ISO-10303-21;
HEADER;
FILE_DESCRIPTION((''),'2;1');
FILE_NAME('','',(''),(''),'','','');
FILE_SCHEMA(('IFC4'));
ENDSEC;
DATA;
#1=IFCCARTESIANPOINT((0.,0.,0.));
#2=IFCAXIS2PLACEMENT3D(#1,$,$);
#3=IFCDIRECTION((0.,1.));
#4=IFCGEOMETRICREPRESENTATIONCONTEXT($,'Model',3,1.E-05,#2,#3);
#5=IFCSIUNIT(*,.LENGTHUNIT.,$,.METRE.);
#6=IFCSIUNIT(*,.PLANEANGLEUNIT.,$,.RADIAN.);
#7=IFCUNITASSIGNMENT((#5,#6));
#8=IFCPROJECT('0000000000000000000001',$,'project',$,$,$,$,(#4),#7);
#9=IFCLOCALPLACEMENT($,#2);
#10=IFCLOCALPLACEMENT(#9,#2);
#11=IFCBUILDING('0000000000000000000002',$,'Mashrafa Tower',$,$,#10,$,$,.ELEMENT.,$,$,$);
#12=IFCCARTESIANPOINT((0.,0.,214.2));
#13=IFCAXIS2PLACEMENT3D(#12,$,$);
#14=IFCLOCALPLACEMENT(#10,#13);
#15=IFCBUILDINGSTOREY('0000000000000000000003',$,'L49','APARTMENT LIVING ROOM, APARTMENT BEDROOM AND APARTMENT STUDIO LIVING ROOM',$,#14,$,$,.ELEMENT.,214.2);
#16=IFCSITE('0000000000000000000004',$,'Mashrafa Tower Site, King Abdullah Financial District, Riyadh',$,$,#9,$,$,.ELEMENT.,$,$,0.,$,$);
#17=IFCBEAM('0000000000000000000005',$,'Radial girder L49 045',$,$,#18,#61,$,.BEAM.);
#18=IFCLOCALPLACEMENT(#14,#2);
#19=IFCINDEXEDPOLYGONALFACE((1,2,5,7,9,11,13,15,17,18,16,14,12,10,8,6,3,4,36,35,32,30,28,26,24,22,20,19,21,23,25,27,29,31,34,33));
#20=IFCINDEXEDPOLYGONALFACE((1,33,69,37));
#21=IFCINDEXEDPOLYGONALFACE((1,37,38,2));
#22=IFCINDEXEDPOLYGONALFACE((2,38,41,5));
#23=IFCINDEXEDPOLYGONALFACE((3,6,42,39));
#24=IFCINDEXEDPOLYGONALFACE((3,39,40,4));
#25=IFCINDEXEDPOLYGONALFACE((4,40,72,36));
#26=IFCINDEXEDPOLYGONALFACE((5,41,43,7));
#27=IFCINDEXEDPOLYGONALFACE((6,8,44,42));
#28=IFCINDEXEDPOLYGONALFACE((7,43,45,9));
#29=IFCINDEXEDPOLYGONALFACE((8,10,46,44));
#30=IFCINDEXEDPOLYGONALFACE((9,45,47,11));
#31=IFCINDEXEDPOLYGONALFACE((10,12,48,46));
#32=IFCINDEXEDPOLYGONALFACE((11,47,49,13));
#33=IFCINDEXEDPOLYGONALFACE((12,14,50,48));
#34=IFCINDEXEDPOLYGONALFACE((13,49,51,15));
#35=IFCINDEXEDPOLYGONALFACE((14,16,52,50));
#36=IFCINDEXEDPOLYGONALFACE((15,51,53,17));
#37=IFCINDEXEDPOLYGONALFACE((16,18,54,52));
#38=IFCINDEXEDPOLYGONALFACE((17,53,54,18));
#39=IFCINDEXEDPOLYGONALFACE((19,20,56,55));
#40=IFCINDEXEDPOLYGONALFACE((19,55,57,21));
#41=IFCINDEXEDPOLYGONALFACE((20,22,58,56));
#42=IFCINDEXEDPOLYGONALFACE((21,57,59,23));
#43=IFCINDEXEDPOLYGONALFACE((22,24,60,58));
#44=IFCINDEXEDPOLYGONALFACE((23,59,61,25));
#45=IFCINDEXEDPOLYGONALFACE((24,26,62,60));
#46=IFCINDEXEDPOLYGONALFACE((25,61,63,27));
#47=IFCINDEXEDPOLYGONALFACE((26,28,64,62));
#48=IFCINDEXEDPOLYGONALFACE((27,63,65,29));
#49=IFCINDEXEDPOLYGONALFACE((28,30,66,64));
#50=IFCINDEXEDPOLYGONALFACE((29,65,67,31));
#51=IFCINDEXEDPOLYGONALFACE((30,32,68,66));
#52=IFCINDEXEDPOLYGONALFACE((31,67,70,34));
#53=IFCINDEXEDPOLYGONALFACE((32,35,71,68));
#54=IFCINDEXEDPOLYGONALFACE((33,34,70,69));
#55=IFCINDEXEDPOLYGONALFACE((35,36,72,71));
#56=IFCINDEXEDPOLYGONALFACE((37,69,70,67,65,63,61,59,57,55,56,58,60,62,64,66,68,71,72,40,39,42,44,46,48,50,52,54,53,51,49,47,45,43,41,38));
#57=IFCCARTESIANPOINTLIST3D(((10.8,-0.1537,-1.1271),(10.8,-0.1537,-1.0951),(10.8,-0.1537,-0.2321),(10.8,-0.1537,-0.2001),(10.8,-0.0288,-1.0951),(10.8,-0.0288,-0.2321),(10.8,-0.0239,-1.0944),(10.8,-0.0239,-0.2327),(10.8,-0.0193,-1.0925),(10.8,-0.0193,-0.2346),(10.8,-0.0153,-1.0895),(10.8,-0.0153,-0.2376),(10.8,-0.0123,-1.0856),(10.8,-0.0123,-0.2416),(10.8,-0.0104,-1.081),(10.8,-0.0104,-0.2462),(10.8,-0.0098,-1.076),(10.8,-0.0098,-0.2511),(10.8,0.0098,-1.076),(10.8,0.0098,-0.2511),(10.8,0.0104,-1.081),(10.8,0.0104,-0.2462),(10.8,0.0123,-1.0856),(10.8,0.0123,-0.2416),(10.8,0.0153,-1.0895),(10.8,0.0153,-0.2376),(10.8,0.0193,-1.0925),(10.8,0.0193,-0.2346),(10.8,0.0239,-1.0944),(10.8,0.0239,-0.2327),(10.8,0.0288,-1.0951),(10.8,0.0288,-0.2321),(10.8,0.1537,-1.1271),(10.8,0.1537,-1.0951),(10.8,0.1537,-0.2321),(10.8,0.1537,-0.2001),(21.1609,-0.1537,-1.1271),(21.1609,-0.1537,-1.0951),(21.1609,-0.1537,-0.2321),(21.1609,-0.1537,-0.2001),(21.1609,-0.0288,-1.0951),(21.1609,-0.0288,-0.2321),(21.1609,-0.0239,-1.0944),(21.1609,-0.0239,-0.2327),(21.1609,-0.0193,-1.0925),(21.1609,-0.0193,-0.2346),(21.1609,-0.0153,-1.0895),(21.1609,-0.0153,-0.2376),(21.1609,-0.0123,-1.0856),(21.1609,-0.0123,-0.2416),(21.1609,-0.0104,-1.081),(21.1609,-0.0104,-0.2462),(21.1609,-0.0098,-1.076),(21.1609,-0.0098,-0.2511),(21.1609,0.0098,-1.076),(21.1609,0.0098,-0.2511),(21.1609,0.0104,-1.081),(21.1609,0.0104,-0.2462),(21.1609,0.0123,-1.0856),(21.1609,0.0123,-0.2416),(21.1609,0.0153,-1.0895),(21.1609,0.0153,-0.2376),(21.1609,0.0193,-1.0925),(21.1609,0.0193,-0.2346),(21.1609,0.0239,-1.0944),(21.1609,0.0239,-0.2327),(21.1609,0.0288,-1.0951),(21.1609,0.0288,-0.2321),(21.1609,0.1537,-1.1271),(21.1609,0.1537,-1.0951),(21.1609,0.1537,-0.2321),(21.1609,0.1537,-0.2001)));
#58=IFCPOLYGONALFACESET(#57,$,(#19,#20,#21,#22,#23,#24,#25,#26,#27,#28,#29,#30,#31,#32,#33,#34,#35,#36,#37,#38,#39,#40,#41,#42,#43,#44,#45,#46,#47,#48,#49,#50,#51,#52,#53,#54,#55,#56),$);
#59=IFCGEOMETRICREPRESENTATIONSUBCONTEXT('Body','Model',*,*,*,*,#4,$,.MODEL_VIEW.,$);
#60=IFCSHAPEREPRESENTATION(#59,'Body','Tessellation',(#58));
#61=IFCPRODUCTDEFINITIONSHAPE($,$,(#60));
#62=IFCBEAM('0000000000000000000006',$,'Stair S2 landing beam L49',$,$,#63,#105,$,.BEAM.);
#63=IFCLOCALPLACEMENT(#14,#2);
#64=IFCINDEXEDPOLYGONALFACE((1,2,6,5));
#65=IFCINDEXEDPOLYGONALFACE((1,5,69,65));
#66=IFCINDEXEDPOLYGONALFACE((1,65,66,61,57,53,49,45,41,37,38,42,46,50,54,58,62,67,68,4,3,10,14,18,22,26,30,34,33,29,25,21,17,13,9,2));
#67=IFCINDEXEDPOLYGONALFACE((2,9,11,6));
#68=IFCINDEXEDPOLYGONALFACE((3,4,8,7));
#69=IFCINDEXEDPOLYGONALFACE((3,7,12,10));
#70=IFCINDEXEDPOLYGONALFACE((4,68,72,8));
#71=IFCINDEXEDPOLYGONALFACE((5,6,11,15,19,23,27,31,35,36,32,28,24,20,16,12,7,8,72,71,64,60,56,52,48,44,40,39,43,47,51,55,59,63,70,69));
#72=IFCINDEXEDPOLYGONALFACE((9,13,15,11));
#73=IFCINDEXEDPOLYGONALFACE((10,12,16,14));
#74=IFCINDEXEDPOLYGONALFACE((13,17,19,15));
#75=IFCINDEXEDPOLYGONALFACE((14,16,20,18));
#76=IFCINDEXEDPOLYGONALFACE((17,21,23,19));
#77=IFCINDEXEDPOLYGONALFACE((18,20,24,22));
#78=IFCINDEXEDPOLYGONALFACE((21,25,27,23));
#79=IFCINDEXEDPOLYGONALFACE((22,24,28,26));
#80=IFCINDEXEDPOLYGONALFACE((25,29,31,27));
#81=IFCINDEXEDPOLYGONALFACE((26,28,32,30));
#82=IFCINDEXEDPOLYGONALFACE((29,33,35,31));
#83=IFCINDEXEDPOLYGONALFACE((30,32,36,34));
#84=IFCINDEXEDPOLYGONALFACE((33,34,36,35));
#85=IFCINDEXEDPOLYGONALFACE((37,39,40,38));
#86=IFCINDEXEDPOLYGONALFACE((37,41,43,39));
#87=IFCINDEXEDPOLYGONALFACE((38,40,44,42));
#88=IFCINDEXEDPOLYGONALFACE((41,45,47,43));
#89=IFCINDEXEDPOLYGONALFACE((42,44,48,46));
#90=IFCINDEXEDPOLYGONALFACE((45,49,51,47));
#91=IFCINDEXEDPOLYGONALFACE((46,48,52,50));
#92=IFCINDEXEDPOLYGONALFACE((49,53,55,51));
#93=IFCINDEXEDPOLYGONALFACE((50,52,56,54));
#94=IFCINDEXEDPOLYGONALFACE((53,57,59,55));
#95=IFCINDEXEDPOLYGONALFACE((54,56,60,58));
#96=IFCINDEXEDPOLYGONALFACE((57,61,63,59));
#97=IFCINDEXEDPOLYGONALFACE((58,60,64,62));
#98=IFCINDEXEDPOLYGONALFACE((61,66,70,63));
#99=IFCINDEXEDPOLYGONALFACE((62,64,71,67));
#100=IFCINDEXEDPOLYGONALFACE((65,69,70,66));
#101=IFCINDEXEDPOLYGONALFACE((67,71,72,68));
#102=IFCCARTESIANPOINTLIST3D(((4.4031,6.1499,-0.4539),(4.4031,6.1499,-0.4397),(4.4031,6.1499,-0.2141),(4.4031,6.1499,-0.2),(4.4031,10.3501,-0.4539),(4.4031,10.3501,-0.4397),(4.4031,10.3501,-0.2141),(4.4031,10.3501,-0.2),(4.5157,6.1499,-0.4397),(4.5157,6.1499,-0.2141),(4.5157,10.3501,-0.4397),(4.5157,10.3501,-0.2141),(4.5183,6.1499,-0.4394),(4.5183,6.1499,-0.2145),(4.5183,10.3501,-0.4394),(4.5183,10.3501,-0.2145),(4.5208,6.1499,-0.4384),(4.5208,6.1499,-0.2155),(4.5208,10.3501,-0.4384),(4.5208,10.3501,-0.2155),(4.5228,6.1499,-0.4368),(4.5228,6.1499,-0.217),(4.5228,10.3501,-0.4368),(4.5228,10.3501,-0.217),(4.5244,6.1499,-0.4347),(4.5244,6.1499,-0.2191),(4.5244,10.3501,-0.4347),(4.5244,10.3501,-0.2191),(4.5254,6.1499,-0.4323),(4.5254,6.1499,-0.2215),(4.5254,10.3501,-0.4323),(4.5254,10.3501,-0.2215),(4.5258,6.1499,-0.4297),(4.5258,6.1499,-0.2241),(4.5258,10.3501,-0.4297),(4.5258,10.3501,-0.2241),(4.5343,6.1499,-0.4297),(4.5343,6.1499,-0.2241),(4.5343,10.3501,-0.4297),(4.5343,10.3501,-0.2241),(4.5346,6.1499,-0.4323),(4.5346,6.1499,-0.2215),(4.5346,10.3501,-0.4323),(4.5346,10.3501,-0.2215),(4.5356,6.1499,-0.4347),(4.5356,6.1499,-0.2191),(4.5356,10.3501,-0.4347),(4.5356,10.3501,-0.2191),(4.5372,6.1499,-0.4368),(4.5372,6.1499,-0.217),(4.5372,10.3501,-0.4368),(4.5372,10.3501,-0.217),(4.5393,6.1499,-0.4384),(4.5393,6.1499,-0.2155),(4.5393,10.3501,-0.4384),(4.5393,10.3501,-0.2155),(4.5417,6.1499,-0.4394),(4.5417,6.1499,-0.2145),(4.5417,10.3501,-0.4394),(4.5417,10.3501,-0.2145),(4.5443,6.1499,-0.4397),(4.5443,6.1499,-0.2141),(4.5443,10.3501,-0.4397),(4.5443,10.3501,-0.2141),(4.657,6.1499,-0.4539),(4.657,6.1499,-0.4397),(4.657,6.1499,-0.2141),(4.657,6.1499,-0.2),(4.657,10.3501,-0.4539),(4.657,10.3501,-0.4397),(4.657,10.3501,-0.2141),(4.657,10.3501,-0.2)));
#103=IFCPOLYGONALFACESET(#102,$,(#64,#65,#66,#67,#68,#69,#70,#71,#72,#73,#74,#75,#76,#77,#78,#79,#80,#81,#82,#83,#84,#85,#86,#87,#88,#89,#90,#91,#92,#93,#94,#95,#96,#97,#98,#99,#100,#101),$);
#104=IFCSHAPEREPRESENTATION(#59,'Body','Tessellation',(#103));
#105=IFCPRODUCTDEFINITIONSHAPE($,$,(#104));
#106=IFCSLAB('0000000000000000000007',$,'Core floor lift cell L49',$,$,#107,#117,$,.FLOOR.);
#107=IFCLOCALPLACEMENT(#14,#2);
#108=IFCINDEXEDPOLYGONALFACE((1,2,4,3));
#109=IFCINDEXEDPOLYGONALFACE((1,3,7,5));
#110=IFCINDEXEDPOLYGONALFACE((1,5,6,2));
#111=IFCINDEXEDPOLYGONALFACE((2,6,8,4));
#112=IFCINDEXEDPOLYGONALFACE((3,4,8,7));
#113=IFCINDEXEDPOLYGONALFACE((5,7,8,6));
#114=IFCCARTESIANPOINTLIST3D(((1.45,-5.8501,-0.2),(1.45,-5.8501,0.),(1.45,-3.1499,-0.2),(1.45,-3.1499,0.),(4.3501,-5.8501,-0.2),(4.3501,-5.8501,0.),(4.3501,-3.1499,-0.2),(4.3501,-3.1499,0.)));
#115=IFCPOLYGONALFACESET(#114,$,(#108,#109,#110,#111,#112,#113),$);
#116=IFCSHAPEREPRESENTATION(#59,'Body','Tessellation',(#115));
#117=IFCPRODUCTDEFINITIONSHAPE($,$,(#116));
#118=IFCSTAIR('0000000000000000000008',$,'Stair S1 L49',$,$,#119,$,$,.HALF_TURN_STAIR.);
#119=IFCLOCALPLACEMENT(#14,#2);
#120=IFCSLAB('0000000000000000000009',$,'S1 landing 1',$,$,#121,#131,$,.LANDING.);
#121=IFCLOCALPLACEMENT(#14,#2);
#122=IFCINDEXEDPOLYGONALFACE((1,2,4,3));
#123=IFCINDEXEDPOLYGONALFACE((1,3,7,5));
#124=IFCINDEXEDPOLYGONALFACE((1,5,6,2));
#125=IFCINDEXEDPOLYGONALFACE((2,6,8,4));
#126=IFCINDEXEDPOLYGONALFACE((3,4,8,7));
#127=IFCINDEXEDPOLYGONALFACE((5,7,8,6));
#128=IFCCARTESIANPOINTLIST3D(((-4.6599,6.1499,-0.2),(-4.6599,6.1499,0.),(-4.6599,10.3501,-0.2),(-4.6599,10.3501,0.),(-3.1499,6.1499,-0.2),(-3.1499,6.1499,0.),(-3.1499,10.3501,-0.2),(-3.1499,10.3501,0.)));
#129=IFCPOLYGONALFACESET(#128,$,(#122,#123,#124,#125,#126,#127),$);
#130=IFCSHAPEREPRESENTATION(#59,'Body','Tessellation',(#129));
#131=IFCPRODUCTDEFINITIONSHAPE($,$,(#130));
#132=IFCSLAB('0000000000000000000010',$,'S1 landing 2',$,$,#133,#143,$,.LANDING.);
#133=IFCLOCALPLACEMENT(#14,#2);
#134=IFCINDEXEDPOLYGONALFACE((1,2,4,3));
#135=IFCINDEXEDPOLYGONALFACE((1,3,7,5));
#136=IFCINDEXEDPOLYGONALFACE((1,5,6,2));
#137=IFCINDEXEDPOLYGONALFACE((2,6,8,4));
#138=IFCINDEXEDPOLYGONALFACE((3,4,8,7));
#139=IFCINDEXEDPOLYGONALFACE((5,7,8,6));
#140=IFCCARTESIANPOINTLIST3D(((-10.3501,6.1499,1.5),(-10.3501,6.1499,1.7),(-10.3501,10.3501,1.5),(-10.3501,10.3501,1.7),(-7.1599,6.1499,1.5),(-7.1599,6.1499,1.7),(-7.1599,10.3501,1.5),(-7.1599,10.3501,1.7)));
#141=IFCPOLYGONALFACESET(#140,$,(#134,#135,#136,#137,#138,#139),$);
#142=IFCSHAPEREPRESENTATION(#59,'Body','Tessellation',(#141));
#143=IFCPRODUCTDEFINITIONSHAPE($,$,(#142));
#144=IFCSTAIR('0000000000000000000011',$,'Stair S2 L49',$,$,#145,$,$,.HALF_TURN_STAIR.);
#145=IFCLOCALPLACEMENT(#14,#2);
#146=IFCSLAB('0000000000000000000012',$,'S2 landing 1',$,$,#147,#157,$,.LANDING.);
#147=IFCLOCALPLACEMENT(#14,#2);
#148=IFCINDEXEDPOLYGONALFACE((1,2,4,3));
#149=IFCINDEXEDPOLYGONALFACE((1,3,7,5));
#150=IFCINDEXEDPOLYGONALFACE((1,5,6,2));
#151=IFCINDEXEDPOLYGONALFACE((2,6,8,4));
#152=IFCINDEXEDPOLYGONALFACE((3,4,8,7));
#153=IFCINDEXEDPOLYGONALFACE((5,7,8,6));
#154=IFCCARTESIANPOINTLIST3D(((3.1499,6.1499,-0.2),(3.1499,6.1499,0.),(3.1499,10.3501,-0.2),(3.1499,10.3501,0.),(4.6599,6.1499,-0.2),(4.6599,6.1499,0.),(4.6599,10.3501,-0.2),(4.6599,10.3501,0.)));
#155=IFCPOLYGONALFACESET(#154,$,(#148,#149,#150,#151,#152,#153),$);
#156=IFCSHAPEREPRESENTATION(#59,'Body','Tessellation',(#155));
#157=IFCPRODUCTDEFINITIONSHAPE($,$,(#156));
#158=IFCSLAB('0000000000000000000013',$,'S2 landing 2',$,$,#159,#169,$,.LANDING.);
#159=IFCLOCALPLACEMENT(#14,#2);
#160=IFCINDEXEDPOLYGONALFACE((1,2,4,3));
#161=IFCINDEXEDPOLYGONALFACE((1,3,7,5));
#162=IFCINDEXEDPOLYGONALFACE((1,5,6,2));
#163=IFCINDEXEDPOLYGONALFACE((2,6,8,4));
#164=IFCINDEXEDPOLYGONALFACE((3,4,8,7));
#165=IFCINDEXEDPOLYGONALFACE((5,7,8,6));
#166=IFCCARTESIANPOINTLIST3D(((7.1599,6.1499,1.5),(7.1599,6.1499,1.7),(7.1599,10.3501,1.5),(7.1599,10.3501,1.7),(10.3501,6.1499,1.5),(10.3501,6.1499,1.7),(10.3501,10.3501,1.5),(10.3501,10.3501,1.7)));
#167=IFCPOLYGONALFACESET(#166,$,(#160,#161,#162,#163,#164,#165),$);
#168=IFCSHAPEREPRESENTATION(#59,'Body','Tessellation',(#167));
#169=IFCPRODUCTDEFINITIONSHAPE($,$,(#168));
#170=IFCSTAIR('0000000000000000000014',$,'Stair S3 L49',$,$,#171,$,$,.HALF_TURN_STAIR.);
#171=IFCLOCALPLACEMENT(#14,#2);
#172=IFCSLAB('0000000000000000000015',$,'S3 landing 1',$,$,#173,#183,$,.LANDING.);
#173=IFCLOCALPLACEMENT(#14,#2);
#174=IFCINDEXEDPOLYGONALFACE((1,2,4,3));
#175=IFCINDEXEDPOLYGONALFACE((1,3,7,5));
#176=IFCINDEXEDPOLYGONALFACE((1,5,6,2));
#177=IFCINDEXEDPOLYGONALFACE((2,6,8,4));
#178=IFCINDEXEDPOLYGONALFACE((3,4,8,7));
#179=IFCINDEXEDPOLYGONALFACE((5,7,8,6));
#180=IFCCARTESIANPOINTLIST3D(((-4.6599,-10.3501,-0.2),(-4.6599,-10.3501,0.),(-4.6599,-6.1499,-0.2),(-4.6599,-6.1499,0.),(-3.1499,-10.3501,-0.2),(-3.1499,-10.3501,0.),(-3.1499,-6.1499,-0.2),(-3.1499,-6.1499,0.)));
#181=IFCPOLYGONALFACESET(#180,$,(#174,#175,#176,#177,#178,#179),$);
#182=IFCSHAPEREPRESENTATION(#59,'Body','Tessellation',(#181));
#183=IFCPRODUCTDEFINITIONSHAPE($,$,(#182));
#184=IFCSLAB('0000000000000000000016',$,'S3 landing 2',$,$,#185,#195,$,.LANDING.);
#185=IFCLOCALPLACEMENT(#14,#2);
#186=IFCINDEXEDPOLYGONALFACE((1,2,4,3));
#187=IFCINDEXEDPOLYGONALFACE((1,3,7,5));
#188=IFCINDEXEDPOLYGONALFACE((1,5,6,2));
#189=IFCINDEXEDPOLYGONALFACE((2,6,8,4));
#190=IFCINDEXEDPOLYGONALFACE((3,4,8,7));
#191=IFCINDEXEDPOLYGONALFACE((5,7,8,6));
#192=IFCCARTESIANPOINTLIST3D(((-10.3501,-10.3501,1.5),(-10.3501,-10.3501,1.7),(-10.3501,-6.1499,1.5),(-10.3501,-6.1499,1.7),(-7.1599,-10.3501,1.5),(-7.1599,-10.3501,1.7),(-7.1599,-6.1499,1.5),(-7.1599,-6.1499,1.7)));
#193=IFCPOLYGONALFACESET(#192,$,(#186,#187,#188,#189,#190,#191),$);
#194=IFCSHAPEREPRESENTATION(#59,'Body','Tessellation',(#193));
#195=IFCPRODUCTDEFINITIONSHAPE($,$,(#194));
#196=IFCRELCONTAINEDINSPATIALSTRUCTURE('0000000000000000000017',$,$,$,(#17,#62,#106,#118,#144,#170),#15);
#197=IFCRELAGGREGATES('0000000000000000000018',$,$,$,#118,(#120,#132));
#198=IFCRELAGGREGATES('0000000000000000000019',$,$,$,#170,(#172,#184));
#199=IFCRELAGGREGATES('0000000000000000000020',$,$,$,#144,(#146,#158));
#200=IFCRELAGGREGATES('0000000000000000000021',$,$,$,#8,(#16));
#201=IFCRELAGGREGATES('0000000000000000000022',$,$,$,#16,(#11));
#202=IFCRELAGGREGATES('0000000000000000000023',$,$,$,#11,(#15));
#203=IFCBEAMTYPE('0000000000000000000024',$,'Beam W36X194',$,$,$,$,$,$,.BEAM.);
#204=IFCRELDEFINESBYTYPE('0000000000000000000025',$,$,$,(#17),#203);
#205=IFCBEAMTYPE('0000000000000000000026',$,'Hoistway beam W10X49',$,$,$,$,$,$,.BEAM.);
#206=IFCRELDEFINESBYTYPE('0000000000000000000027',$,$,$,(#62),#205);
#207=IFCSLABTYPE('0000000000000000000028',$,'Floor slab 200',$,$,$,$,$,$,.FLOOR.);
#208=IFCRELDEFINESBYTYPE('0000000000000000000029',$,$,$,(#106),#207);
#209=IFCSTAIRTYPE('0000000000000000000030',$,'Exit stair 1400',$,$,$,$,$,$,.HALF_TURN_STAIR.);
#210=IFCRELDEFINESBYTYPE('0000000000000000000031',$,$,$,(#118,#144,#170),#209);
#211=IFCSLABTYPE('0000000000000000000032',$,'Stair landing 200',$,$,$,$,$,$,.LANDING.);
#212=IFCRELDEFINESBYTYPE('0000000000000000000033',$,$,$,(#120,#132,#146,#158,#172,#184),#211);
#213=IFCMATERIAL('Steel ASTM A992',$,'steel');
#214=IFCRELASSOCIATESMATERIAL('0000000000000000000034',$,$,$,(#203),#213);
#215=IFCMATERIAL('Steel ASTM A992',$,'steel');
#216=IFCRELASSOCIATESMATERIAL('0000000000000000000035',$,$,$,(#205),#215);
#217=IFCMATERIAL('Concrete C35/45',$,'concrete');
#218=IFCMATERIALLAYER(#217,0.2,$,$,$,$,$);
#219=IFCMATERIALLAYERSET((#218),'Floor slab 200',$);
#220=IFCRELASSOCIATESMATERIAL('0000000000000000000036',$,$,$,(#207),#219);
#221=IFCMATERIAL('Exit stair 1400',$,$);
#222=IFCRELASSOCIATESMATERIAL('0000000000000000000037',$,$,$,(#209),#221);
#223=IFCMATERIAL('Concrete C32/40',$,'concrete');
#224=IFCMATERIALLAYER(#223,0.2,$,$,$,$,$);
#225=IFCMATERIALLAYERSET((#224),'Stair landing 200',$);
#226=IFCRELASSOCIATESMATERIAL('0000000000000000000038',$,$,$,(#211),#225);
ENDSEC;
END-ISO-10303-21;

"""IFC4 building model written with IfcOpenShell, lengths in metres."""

from ifc_helpers import new_model, si_unit, direction, frame, origin, origin_2d, place, context, subcontext, project, spatial, polyline, i_section, outline, extrude, material, layer, layer_set, material_profile, profile_set, type_object, element, aggregate, save


model = new_model("IFC4")

# Units and contexts
model_context = context("Model", 3, precision=1e-05, world=origin(), true_north=direction((0.0, 1.0)))
body_context = subcontext(model_context, "Body", "Model", "MODEL_VIEW")
ifc_project = project(units=[si_unit("LENGTHUNIT", "METRE"), si_unit("PLANEANGLEUNIT", "RADIAN")], contexts=[model_context])

# Site, building, storey
site_placement = place(None, origin())
site = spatial("IfcSite", under=ifc_project, at=site_placement, Name="Mashrafa Tower Site, King Abdullah Financial District, Riyadh", CompositionType="ELEMENT", RefElevation=0.0)
building_placement = place(site_placement, origin())
building = spatial("IfcBuilding", under=site, at=building_placement, Name="Mashrafa Tower", CompositionType="ELEMENT")
storey_placement = place(building_placement, frame((0.0, 0.0, 214.2)))
storey = spatial("IfcBuildingStorey", under=building, at=storey_placement, Name="L49", Description="APARTMENT LIVING ROOM, APARTMENT BEDROOM AND APARTMENT STUDIO LIVING ROOM", CompositionType="ELEMENT", Elevation=214.2)

# Beams
ifc_material_1 = material(Name="Steel ASTM A992", Category="steel")
ifc_material_profile_1 = material_profile(ifc_material_1, i_section(OverallWidth=0.3074, OverallDepth=0.927, WebThickness=0.0195, FlangeThickness=0.032, FilletRadius=0.019, at=origin_2d()), Name="W36X194")
ifc_profile_set_1 = profile_set([ifc_material_profile_1], Name="Steel ASTM A992")
beam_type_1 = type_object("IfcBeamType", Name="Beam W36X194", PredefinedType="BEAM", material=ifc_profile_set_1)
for number, where, z_axis, x_axis, name in (
    (1, (10.8, 0.0, -0.6636), (1.0, 0.0, 0.0), (0.0, 1.0, 0.0), "Radial girder L49 045"),
):
    element("IfcBeam", number, at=place(storey_placement, frame(where, z_axis=z_axis, x_axis=x_axis)), inside=storey, type_object=beam_type_1, Name=name, PredefinedType="BEAM", context=body_context, shape_type="SweptSolid", body=[
        extrude(i_section(OverallWidth=0.3074, OverallDepth=0.927, WebThickness=0.0195, FlangeThickness=0.032, FilletRadius=0.019, at=origin_2d()), origin(), (0.0, 0.0, 1.0), 10.3608),
    ])
ifc_material_2 = material(Name="Steel ASTM A992", Category="steel")
ifc_material_profile_2 = material_profile(ifc_material_2, i_section(OverallWidth=0.2539, OverallDepth=0.2539, WebThickness=0.0085, FlangeThickness=0.0142, FilletRadius=0.01, at=origin_2d()), Name="W10X49")
ifc_profile_set_2 = profile_set([ifc_material_profile_2], Name="Steel ASTM A992")
beam_type_2 = type_object("IfcBeamType", Name="Hoistway beam W10X49", PredefinedType="BEAM", material=ifc_profile_set_2)
beam_1_placement = place(storey_placement, frame((4.53, 6.1499, -0.3269), z_axis=(0.0, 1.0, 0.0), x_axis=(-1.0, 0.0, 0.0)))
element("IfcBeam", 2, at=beam_1_placement, inside=storey, type_object=beam_type_2, Name="Stair S2 landing beam L49", PredefinedType="BEAM", context=body_context, shape_type="SweptSolid", body=[
    extrude(i_section(OverallWidth=0.2539, OverallDepth=0.2539, WebThickness=0.0085, FlangeThickness=0.0142, FilletRadius=0.01, at=origin_2d()), origin(), (0.0, 0.0, 1.0), 4.2002),
])

# Slab
ifc_material_3 = material(Name="Concrete C35/45", Category="concrete")
ifc_layer_1 = layer(ifc_material_3, 0.2)
ifc_layer_set_1 = layer_set([ifc_layer_1], Name="Floor slab 200")
slab_type_1 = type_object("IfcSlabType", Name="Floor slab 200", PredefinedType="FLOOR", material=ifc_layer_set_1)
slab_1_placement = place(storey_placement, frame((0.0, 0.0, -0.2)))
element("IfcSlab", 3, at=slab_1_placement, inside=storey, type_object=slab_type_1, Name="Core floor lift cell L49", PredefinedType="FLOOR", context=body_context, shape_type="SweptSolid", body=[
    extrude(outline(polyline([(4.3501, -3.1499), (4.3501, -5.8501), (1.45, -5.8501), (1.45, -3.1499), (4.3501, -3.1499)])), origin(), (0.0, 0.0, 1.0), 0.2),
])

# Stairs, slabs
ifc_material_4 = material(Name="Exit stair 1400")
stair_type = type_object("IfcStairType", Name="Exit stair 1400", PredefinedType="HALF_TURN_STAIR", material=ifc_material_4)
stair_1_placement = place(storey_placement, origin())
stair_1 = element("IfcStair", 4, at=stair_1_placement, inside=storey, type_object=stair_type, Name="Stair S1 L49", PredefinedType="HALF_TURN_STAIR")
ifc_material_5 = material(Name="Concrete C32/40", Category="concrete")
ifc_layer_2 = layer(ifc_material_5, 0.2)
ifc_layer_set_2 = layer_set([ifc_layer_2], Name="Stair landing 200")
slab_type_2 = type_object("IfcSlabType", Name="Stair landing 200", PredefinedType="LANDING", material=ifc_layer_set_2)
slab_2_placement = place(storey_placement, frame((0.0, 0.0, -0.2)))
slab_2 = element("IfcSlab", 5, at=slab_2_placement, type_object=slab_type_2, Name="S1 landing 1", PredefinedType="LANDING", context=body_context, shape_type="SweptSolid", body=[
    extrude(outline(polyline([(-4.6599, 6.1499), (-3.1499, 6.1499), (-3.1499, 10.3501), (-4.6599, 10.3501), (-4.6599, 6.1499)])), origin(), (0.0, 0.0, 1.0), 0.2),
])
slab_3_placement = place(storey_placement, frame((0.0, 0.0, 1.5)))
slab_3 = element("IfcSlab", 6, at=slab_3_placement, type_object=slab_type_2, Name="S1 landing 2", PredefinedType="LANDING", context=body_context, shape_type="SweptSolid", body=[
    extrude(outline(polyline([(-10.3501, 6.1499), (-7.1599, 6.1499), (-7.1599, 10.3501), (-10.3501, 10.3501), (-10.3501, 6.1499)])), origin(), (0.0, 0.0, 1.0), 0.2),
])
aggregate(stair_1, [slab_2, slab_3])
stair_2_placement = place(storey_placement, origin())
stair_2 = element("IfcStair", 7, at=stair_2_placement, inside=storey, type_object=stair_type, Name="Stair S2 L49", PredefinedType="HALF_TURN_STAIR")
slab_4_placement = place(storey_placement, frame((0.0, 0.0, -0.2)))
slab_4 = element("IfcSlab", 8, at=slab_4_placement, type_object=slab_type_2, Name="S2 landing 1", PredefinedType="LANDING", context=body_context, shape_type="SweptSolid", body=[
    extrude(outline(polyline([(3.1499, 6.1499), (4.6599, 6.1499), (4.6599, 10.3501), (3.1499, 10.3501), (3.1499, 6.1499)])), origin(), (0.0, 0.0, 1.0), 0.2),
])
slab_5_placement = place(storey_placement, frame((0.0, 0.0, 1.5)))
slab_5 = element("IfcSlab", 9, at=slab_5_placement, type_object=slab_type_2, Name="S2 landing 2", PredefinedType="LANDING", context=body_context, shape_type="SweptSolid", body=[
    extrude(outline(polyline([(7.1599, 6.1499), (10.3501, 6.1499), (10.3501, 10.3501), (7.1599, 10.3501), (7.1599, 6.1499)])), origin(), (0.0, 0.0, 1.0), 0.2),
])
stair_3_placement = place(storey_placement, origin())
stair_3 = element("IfcStair", 10, at=stair_3_placement, inside=storey, type_object=stair_type, Name="Stair S3 L49", PredefinedType="HALF_TURN_STAIR")
slab_6_placement = place(storey_placement, frame((0.0, 0.0, -0.2)))
slab_6 = element("IfcSlab", 11, at=slab_6_placement, type_object=slab_type_2, Name="S3 landing 1", PredefinedType="LANDING", context=body_context, shape_type="SweptSolid", body=[
    extrude(outline(polyline([(-4.6599, -10.3501), (-3.1499, -10.3501), (-3.1499, -6.1499), (-4.6599, -6.1499), (-4.6599, -10.3501)])), origin(), (0.0, 0.0, 1.0), 0.2),
])
slab_7_placement = place(storey_placement, frame((0.0, 0.0, 1.5)))
slab_7 = element("IfcSlab", 12, at=slab_7_placement, type_object=slab_type_2, Name="S3 landing 2", PredefinedType="LANDING", context=body_context, shape_type="SweptSolid", body=[
    extrude(outline(polyline([(-10.3501, -10.3501), (-7.1599, -10.3501), (-7.1599, -6.1499), (-10.3501, -6.1499), (-10.3501, -10.3501)])), origin(), (0.0, 0.0, 1.0), 0.2),
])
aggregate(stair_3, [slab_6, slab_7])

aggregate(stair_2, [slab_4, slab_5])

save(model, "model.ifc")
